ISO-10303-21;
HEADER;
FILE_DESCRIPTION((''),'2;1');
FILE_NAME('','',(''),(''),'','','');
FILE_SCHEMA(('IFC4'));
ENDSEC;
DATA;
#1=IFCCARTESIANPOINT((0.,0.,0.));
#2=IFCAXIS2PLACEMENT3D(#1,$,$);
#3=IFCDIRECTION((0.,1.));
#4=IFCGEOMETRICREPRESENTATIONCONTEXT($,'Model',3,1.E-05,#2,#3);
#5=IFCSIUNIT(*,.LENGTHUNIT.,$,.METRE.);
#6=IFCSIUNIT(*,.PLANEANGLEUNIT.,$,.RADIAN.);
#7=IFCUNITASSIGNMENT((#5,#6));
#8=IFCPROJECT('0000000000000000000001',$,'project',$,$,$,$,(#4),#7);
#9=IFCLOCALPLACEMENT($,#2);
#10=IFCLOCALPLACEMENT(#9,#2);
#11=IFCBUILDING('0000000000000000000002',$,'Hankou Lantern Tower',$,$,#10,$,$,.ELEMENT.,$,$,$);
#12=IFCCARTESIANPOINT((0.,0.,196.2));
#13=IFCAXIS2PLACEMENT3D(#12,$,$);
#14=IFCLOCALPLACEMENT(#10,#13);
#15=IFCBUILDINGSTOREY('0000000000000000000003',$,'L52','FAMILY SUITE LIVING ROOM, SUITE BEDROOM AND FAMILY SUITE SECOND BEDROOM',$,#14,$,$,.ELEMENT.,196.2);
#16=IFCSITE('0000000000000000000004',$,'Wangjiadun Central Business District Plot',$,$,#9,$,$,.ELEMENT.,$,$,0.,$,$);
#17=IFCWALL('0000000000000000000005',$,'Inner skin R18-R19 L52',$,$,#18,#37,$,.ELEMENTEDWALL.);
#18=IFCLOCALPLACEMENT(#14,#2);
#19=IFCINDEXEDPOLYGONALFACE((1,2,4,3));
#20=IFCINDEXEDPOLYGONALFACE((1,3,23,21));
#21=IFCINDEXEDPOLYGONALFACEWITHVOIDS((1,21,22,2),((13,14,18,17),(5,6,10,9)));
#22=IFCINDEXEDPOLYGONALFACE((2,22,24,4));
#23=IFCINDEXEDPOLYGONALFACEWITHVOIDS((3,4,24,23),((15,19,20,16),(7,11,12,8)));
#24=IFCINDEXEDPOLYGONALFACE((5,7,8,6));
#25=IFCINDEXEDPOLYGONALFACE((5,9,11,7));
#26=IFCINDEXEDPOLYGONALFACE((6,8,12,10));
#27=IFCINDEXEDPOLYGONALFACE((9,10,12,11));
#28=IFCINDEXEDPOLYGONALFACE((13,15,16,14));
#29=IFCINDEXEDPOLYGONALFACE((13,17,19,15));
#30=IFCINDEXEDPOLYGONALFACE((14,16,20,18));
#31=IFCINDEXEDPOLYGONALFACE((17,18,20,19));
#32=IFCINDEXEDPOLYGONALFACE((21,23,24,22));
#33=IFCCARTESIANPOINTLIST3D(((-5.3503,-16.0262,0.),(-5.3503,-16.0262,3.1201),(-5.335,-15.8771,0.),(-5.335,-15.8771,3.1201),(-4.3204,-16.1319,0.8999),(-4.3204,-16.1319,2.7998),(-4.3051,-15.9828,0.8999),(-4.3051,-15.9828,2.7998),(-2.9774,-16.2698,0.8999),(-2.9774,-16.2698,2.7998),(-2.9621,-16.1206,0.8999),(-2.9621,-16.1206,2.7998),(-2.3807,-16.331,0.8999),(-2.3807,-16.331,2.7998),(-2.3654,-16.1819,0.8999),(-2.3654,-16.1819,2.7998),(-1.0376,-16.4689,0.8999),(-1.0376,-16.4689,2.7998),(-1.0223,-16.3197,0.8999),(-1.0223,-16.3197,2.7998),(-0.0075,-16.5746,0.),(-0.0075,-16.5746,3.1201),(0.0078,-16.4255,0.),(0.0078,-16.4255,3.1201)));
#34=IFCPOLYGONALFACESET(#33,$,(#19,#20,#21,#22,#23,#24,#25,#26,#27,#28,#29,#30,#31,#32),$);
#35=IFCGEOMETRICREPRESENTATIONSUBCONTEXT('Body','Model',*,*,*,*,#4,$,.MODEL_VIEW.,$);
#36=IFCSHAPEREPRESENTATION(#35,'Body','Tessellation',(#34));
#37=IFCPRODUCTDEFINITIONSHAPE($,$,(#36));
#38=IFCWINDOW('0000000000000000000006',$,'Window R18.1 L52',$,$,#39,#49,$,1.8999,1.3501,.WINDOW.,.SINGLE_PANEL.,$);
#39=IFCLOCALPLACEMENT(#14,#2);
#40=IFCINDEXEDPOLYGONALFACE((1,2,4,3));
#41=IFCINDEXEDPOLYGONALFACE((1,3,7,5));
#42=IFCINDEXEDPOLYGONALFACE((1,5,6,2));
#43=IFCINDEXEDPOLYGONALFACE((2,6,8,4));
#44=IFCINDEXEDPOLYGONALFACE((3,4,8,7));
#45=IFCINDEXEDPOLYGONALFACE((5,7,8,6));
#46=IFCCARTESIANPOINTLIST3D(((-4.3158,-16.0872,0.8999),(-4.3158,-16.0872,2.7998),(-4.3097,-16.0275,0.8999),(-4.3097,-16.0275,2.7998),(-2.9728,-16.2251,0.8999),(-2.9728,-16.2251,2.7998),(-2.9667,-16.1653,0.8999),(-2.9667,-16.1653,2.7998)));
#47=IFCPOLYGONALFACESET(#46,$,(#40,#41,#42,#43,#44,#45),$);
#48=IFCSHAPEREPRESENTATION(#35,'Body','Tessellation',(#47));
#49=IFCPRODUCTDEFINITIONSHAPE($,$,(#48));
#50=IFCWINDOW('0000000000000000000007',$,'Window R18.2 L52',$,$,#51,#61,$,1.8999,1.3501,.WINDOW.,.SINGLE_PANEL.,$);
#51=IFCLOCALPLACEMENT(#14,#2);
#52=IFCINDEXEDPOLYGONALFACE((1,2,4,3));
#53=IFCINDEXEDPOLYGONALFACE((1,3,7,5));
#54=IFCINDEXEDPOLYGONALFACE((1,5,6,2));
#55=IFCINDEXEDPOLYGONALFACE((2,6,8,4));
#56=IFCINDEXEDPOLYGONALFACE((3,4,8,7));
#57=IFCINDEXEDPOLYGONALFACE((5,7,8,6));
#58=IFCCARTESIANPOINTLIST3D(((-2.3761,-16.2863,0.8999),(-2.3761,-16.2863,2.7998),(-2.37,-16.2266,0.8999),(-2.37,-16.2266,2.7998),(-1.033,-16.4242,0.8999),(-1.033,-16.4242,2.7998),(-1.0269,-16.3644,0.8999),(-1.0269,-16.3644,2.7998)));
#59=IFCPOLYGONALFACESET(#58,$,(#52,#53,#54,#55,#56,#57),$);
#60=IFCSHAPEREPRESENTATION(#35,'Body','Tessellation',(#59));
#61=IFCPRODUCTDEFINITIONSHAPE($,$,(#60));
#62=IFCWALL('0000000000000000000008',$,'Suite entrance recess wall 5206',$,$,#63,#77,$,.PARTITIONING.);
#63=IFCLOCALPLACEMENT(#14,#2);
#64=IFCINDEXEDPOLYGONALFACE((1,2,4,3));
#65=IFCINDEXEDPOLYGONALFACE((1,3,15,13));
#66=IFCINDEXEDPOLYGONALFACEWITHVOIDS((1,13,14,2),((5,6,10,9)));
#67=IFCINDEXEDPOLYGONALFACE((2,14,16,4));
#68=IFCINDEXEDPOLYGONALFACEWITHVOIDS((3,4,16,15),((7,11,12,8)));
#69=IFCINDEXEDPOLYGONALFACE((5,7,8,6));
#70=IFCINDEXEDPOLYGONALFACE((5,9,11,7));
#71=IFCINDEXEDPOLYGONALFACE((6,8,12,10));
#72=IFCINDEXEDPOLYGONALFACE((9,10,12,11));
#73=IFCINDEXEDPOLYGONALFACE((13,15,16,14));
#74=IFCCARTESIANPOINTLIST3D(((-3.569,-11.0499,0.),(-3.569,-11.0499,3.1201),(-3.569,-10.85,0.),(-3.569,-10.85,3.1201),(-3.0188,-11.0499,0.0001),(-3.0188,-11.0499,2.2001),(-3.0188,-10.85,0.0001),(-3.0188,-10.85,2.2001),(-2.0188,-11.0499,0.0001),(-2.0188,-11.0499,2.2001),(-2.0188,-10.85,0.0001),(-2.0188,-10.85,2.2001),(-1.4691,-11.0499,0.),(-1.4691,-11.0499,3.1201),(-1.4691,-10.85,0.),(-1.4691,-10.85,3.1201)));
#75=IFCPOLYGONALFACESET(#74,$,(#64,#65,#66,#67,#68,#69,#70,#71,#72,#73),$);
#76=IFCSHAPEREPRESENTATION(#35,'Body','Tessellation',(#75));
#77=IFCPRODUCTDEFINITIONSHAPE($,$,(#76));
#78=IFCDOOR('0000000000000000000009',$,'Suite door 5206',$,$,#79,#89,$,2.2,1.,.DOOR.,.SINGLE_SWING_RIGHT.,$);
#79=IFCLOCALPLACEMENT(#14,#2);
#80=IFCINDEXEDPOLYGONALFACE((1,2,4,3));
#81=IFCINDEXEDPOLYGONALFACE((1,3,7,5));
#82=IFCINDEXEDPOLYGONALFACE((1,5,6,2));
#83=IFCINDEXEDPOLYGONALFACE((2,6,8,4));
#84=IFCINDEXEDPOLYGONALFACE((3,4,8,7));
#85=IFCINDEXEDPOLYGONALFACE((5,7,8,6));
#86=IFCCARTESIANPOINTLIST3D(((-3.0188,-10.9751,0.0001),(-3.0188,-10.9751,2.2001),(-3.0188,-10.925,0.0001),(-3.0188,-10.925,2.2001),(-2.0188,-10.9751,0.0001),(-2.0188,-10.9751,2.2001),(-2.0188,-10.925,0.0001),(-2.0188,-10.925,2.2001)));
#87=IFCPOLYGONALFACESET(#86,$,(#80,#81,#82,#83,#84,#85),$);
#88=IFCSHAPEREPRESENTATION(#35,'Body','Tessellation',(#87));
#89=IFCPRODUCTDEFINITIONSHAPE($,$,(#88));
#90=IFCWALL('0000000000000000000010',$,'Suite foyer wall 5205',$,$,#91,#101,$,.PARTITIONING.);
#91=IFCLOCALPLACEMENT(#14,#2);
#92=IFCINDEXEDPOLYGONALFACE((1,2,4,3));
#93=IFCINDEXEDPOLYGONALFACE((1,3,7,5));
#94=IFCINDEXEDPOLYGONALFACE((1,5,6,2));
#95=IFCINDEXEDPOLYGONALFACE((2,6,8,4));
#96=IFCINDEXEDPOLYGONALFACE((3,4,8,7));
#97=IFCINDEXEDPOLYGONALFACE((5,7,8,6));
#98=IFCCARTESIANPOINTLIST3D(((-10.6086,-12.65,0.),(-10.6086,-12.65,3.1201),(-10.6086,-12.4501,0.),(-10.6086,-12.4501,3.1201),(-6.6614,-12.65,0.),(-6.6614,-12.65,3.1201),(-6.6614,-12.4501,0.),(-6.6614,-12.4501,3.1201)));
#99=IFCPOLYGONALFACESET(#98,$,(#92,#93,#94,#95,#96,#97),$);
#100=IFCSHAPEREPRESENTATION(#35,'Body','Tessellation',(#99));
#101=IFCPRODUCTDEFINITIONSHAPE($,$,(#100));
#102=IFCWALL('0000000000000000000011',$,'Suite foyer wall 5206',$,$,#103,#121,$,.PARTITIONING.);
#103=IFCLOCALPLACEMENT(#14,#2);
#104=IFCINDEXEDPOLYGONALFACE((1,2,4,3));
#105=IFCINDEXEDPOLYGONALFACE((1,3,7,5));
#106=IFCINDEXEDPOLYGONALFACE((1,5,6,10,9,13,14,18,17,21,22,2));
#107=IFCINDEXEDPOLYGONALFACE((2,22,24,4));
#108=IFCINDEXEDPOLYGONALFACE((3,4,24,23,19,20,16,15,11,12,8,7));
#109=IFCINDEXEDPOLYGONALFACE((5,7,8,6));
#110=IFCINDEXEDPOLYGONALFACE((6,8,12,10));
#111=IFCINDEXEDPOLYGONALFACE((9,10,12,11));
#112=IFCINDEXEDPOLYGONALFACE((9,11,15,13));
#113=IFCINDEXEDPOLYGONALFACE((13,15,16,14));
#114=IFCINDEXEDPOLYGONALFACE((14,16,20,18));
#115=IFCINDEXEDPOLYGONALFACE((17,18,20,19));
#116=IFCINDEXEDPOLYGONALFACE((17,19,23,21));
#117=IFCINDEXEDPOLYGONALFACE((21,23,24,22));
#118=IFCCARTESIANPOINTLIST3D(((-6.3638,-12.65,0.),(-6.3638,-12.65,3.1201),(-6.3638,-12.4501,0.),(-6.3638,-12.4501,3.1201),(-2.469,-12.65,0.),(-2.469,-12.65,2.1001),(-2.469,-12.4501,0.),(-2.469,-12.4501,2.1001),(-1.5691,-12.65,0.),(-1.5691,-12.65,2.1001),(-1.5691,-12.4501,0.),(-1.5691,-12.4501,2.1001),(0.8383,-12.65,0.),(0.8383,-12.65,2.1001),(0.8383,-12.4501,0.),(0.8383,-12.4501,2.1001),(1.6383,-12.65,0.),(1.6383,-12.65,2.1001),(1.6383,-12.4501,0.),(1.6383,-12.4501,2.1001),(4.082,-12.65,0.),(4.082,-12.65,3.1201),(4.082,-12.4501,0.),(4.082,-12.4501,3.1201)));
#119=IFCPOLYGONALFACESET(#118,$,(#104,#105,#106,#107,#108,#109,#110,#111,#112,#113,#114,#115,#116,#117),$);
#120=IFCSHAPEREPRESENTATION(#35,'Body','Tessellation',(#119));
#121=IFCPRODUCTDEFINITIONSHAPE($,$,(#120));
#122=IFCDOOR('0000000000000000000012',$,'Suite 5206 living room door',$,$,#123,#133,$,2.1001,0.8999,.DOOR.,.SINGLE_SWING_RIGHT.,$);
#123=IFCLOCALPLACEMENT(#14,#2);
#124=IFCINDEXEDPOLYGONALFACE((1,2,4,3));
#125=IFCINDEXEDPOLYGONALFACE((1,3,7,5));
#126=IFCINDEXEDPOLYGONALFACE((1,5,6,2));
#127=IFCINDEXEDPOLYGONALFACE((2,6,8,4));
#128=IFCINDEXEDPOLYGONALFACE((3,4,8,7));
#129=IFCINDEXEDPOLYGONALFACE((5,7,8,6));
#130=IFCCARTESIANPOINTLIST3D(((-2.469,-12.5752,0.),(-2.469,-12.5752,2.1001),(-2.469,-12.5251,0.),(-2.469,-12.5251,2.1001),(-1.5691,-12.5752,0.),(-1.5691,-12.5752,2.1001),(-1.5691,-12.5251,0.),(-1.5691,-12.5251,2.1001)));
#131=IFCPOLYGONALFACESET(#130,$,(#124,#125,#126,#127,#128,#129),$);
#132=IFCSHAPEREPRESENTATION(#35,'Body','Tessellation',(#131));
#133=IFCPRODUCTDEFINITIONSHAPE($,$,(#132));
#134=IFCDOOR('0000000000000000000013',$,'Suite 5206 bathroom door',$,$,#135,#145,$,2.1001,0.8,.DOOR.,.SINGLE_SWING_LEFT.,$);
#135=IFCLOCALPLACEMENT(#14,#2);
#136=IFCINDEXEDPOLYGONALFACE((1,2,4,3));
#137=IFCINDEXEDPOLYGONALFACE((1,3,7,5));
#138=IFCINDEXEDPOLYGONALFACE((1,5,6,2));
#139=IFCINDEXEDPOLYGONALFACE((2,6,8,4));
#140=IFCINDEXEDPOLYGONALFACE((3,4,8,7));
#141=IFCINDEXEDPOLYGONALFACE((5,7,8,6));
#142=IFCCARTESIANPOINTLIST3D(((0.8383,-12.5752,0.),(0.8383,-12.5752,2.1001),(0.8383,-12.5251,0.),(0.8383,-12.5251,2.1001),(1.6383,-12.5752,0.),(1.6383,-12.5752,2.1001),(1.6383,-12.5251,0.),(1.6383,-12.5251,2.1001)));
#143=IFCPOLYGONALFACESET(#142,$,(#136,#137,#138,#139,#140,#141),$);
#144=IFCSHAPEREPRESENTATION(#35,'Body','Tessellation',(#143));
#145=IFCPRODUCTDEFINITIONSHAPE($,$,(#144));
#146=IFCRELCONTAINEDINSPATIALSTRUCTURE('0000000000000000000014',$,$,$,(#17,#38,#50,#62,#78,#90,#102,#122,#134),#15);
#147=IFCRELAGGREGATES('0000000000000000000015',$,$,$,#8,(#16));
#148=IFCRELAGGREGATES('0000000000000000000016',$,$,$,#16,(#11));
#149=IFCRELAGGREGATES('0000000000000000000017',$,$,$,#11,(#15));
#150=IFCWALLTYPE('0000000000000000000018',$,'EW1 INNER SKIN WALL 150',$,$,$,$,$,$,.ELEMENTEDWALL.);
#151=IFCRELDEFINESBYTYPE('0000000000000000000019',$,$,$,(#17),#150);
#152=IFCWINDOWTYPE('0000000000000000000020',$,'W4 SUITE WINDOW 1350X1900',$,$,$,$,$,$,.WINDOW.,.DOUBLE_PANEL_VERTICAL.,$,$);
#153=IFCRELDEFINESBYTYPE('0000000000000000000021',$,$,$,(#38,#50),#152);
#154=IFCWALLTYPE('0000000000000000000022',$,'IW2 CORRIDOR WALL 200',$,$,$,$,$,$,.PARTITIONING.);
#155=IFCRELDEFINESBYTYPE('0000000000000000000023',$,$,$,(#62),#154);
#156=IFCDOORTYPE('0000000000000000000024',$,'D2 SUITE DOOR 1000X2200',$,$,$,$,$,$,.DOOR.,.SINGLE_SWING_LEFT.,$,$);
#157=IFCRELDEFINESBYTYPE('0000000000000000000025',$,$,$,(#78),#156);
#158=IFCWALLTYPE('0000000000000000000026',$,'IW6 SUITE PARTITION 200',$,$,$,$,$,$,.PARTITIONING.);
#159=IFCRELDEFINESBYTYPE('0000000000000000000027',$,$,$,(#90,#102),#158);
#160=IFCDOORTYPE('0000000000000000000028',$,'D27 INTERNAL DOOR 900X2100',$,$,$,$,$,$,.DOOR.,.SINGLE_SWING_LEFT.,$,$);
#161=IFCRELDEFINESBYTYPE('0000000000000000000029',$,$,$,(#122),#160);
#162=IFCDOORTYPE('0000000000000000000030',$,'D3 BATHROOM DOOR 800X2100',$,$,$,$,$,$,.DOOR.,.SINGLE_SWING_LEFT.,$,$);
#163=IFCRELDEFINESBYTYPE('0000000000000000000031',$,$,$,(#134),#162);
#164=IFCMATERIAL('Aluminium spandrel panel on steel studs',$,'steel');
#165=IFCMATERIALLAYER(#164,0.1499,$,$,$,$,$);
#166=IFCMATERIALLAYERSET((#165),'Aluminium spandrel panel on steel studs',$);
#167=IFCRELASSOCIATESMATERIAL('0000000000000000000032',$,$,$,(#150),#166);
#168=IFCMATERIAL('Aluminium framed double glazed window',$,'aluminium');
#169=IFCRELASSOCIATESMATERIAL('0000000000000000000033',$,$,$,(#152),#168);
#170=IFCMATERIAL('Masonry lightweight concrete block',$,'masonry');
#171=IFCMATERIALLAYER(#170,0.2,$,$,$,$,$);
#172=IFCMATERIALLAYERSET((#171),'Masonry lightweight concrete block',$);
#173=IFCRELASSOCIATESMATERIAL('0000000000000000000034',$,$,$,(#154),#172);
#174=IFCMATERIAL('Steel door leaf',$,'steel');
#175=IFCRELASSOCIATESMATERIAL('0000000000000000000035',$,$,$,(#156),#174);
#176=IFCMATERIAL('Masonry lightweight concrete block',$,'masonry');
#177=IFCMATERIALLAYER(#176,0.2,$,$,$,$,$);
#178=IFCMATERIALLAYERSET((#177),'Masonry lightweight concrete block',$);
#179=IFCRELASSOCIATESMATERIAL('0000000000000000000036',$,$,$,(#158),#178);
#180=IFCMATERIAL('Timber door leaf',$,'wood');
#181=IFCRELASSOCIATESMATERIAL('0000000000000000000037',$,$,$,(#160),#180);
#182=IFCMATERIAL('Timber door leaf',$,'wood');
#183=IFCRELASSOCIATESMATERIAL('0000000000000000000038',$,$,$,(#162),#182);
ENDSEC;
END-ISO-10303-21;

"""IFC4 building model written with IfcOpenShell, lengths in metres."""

from ifc_helpers import new_model, si_unit, direction, frame, frame_2d, origin, place, context, subcontext, project, spatial, rectangle, extrude, material, layer, layer_set, type_object, element, fill, save


model = new_model("IFC4")

# Units and contexts
model_context = context("Model", 3, precision=1e-05, world=origin(), true_north=direction((0.0, 1.0)))
body_context = subcontext(model_context, "Body", "Model", "MODEL_VIEW")
ifc_project = project(units=[si_unit("LENGTHUNIT", "METRE"), si_unit("PLANEANGLEUNIT", "RADIAN")], contexts=[model_context])

# Site, building, storey
site_placement = place(None, origin())
site = spatial("IfcSite", under=ifc_project, at=site_placement, Name="Wangjiadun Central Business District Plot", CompositionType="ELEMENT", RefElevation=0.0)
building_placement = place(site_placement, origin())
building = spatial("IfcBuilding", under=site, at=building_placement, Name="Hankou Lantern Tower", CompositionType="ELEMENT")
storey_placement = place(building_placement, frame((0.0, 0.0, 196.2)))
storey = spatial("IfcBuildingStorey", under=building, at=storey_placement, Name="L52", Description="FAMILY SUITE LIVING ROOM, SUITE BEDROOM AND FAMILY SUITE SECOND BEDROOM", CompositionType="ELEMENT", Elevation=196.2)

# Wall, openings, windows
ifc_material_1 = material(Name="Aluminium spandrel panel on steel studs", Category="steel")
ifc_layer_1 = layer(ifc_material_1, 0.1499)
ifc_layer_set_1 = layer_set([ifc_layer_1], Name="Aluminium spandrel panel on steel studs")
wall_type_1 = type_object("IfcWallType", Name="EW1 INNER SKIN WALL 150", PredefinedType="ELEMENTEDWALL", material=ifc_layer_set_1)
ifc_material_2 = material(Name="Aluminium framed double glazed window", Category="aluminium")
window_type = type_object("IfcWindowType", Name="W4 SUITE WINDOW 1350X1900", PartitioningType="DOUBLE_PANEL_VERTICAL", PredefinedType="WINDOW", material=ifc_material_2)
wall_1_placement = place(storey_placement, frame((-5.3428, -15.9517, 0.0), z_axis=(0.0, 0.0, 1.0), x_axis=(0.994775, -0.102096, 0.0)))
wall_1 = element("IfcWall", 1, at=wall_1_placement, inside=storey, type_object=wall_type_1, Name="Inner skin R18-R19 L52", PredefinedType="ELEMENTEDWALL", context=body_context, shape_type="SweptSolid", body=[
    extrude(rectangle(XDim=5.3708, YDim=0.1499, at=frame_2d((2.6855, 0.0))), origin(), (0.0, 0.0, 1.0), 3.1201),
])
opening_1_placement = place(wall_1_placement, frame((1.0354, 0.0, 0.8999)))
opening_1 = element("IfcOpeningElement", 2, at=opening_1_placement, cuts=wall_1, PredefinedType="OPENING", context=body_context, shape_type="SweptSolid", body=[
    extrude(rectangle(XDim=1.3501, YDim=1.8999, at=frame_2d((0.675, 0.95))), frame((0.0, 0.085, 0.0), z_axis=(0.0, -1.0, 0.0), x_axis=(1.0, 0.0, 0.0)), (0.0, 0.0, 1.0), 0.1699),
])
opening_2_placement = place(wall_1_placement, frame((2.9854, 0.0, 0.8999)))
opening_2 = element("IfcOpeningElement", 3, at=opening_2_placement, cuts=wall_1, PredefinedType="OPENING", context=body_context, shape_type="SweptSolid", body=[
    extrude(rectangle(XDim=1.3501, YDim=1.8999, at=frame_2d((0.675, 0.95))), frame((0.0, 0.085, 0.0), z_axis=(0.0, -1.0, 0.0), x_axis=(1.0, 0.0, 0.0)), (0.0, 0.0, 1.0), 0.1699),
])
window_1_placement = place(opening_1_placement, origin())
window_1 = element("IfcWindow", 4, at=window_1_placement, inside=storey, type_object=window_type, Name="Window R18.1 L52", OverallHeight=1.8999, OverallWidth=1.3501, PartitioningType="SINGLE_PANEL", PredefinedType="WINDOW", context=body_context, shape_type="SweptSolid", body=[
    extrude(rectangle(XDim=1.3501, YDim=1.8999, at=frame_2d((0.675, 0.95))), frame((0.0, 0.03, 0.0), z_axis=(0.0, -1.0, 0.0), x_axis=(1.0, 0.0, 0.0)), (0.0, 0.0, 1.0), 0.0601),
])
fill(opening_1, window_1)
window_2_placement = place(opening_2_placement, origin())
window_2 = element("IfcWindow", 5, at=window_2_placement, inside=storey, type_object=window_type, Name="Window R18.2 L52", OverallHeight=1.8999, OverallWidth=1.3501, PartitioningType="SINGLE_PANEL", PredefinedType="WINDOW", context=body_context, shape_type="SweptSolid", body=[
    extrude(rectangle(XDim=1.3501, YDim=1.8999, at=frame_2d((0.675, 0.95))), frame((0.0, 0.03, 0.0), z_axis=(0.0, -1.0, 0.0), x_axis=(1.0, 0.0, 0.0)), (0.0, 0.0, 1.0), 0.0601),
])
fill(opening_2, window_2)

# Wall, opening, door
ifc_material_3 = material(Name="Masonry lightweight concrete block", Category="masonry")
ifc_layer_2 = layer(ifc_material_3, 0.2)
ifc_layer_set_2 = layer_set([ifc_layer_2], Name="Masonry lightweight concrete block")
wall_type_2 = type_object("IfcWallType", Name="IW2 CORRIDOR WALL 200", PredefinedType="PARTITIONING", material=ifc_layer_set_2)
wall_2_placement = place(storey_placement, frame((-3.5688, -10.95, 0.0), z_axis=(0.0, 0.0, 1.0), x_axis=(1.0, 0.0, 0.0)))
wall_2 = element("IfcWall", 6, at=wall_2_placement, inside=storey, type_object=wall_type_2, Name="Suite entrance recess wall 5206", PredefinedType="PARTITIONING", context=body_context, shape_type="SweptSolid", body=[
    extrude(rectangle(XDim=2.0999, YDim=0.2, at=frame_2d((1.0498, 0.0))), origin(), (0.0, 0.0, 1.0), 3.1201),
])
opening_3_placement = place(wall_2_placement, frame((0.55, 0.0, 0.0)))
opening_3 = element("IfcOpeningElement", 7, at=opening_3_placement, cuts=wall_2, PredefinedType="OPENING", context=body_context, shape_type="SweptSolid", body=[
    extrude(rectangle(XDim=1.0, YDim=2.2, at=frame_2d((0.5, 1.1001))), frame((0.0, 0.1099, 0.0), z_axis=(0.0, -1.0, 0.0), x_axis=(1.0, 0.0, 0.0)), (0.0, 0.0, 1.0), 0.22),
])
ifc_material_4 = material(Name="Steel door leaf", Category="steel")
door_type_1 = type_object("IfcDoorType", Name="D2 SUITE DOOR 1000X2200", OperationType="SINGLE_SWING_LEFT", PredefinedType="DOOR", material=ifc_material_4)
door_1_placement = place(opening_3_placement, origin())
door_1 = element("IfcDoor", 8, at=door_1_placement, inside=storey, type_object=door_type_1, Name="Suite door 5206", OperationType="SINGLE_SWING_RIGHT", OverallHeight=2.2, OverallWidth=1.0, PredefinedType="DOOR", context=body_context, shape_type="SweptSolid", body=[
    extrude(rectangle(XDim=1.0, YDim=2.2, at=frame_2d((0.5, 1.1001))), frame((0.0, 0.0249, 0.0), z_axis=(0.0, -1.0, 0.0), x_axis=(1.0, 0.0, 0.0)), (0.0, 0.0, 1.0), 0.05),
])
fill(opening_3, door_1)

# Wall
ifc_material_5 = material(Name="Masonry lightweight concrete block", Category="masonry")
ifc_layer_3 = layer(ifc_material_5, 0.2)
ifc_layer_set_3 = layer_set([ifc_layer_3], Name="Masonry lightweight concrete block")
wall_type_3 = type_object("IfcWallType", Name="IW6 SUITE PARTITION 200", PredefinedType="PARTITIONING", material=ifc_layer_set_3)
wall_3_placement = place(storey_placement, frame((-10.6086, -12.55, 0.0), z_axis=(0.0, 0.0, 1.0), x_axis=(1.0, 0.0, 0.0)))
element("IfcWall", 9, at=wall_3_placement, inside=storey, type_object=wall_type_3, Name="Suite foyer wall 5205", PredefinedType="PARTITIONING", context=body_context, shape_type="SweptSolid", body=[
    extrude(rectangle(XDim=3.9473, YDim=0.2, at=frame_2d((1.9736, 0.0))), origin(), (0.0, 0.0, 1.0), 3.1201),
])

# Wall, openings, doors
wall_4_placement = place(storey_placement, frame((-6.3638, -12.55, 0.0), z_axis=(0.0, 0.0, 1.0), x_axis=(1.0, 0.0, 0.0)))
wall_4 = element("IfcWall", 10, at=wall_4_placement, inside=storey, type_object=wall_type_3, Name="Suite foyer wall 5206", PredefinedType="PARTITIONING", context=body_context, shape_type="SweptSolid", body=[
    extrude(rectangle(XDim=10.4458, YDim=0.2, at=frame_2d((5.2229, 0.0))), origin(), (0.0, 0.0, 1.0), 3.1201),
])
opening_4_placement = place(wall_4_placement, frame((7.2021, 0.0, 0.0)))
opening_4 = element("IfcOpeningElement", 11, at=opening_4_placement, cuts=wall_4, PredefinedType="OPENING", context=body_context, shape_type="SweptSolid", body=[
    extrude(rectangle(XDim=0.8, YDim=2.1001, at=frame_2d((0.3999, 1.05))), frame((0.0, 0.1099, 0.0), z_axis=(0.0, -1.0, 0.0), x_axis=(1.0, 0.0, 0.0)), (0.0, 0.0, 1.0), 0.22),
])
opening_5_placement = place(wall_4_placement, frame((3.8948, 0.0, 0.0)))
opening_5 = element("IfcOpeningElement", 12, at=opening_5_placement, cuts=wall_4, PredefinedType="OPENING", context=body_context, shape_type="SweptSolid", body=[
    extrude(rectangle(XDim=0.8999, YDim=2.1001, at=frame_2d((0.45, 1.05))), frame((0.0, 0.1099, 0.0), z_axis=(0.0, -1.0, 0.0), x_axis=(1.0, 0.0, 0.0)), (0.0, 0.0, 1.0), 0.22),
])
ifc_material_6 = material(Name="Timber door leaf", Category="wood")
door_type_2 = type_object("IfcDoorType", Name="D27 INTERNAL DOOR 900X2100", OperationType="SINGLE_SWING_LEFT", PredefinedType="DOOR", material=ifc_material_6)
door_2_placement = place(opening_5_placement, origin())
door_2 = element("IfcDoor", 13, at=door_2_placement, inside=storey, type_object=door_type_2, Name="Suite 5206 living room door", OperationType="SINGLE_SWING_RIGHT", OverallHeight=2.1001, OverallWidth=0.8999, PredefinedType="DOOR", context=body_context, shape_type="SweptSolid", body=[
    extrude(rectangle(XDim=0.8999, YDim=2.1001, at=frame_2d((0.45, 1.05))), frame((0.0, 0.0249, 0.0), z_axis=(0.0, -1.0, 0.0), x_axis=(1.0, 0.0, 0.0)), (0.0, 0.0, 1.0), 0.05),
])
fill(opening_5, door_2)
ifc_material_7 = material(Name="Timber door leaf", Category="wood")
door_type_3 = type_object("IfcDoorType", Name="D3 BATHROOM DOOR 800X2100", OperationType="SINGLE_SWING_LEFT", PredefinedType="DOOR", material=ifc_material_7)
door_3_placement = place(opening_4_placement, origin())
door_3 = element("IfcDoor", 14, at=door_3_placement, inside=storey, type_object=door_type_3, Name="Suite 5206 bathroom door", OperationType="SINGLE_SWING_LEFT", OverallHeight=2.1001, OverallWidth=0.8, PredefinedType="DOOR", context=body_context, shape_type="SweptSolid", body=[
    extrude(rectangle(XDim=0.8, YDim=2.1001, at=frame_2d((0.3999, 1.05))), frame((0.0, 0.0249, 0.0), z_axis=(0.0, -1.0, 0.0), x_axis=(1.0, 0.0, 0.0)), (0.0, 0.0, 1.0), 0.05),
])
fill(opening_4, door_3)

save(model, "model.ifc")
